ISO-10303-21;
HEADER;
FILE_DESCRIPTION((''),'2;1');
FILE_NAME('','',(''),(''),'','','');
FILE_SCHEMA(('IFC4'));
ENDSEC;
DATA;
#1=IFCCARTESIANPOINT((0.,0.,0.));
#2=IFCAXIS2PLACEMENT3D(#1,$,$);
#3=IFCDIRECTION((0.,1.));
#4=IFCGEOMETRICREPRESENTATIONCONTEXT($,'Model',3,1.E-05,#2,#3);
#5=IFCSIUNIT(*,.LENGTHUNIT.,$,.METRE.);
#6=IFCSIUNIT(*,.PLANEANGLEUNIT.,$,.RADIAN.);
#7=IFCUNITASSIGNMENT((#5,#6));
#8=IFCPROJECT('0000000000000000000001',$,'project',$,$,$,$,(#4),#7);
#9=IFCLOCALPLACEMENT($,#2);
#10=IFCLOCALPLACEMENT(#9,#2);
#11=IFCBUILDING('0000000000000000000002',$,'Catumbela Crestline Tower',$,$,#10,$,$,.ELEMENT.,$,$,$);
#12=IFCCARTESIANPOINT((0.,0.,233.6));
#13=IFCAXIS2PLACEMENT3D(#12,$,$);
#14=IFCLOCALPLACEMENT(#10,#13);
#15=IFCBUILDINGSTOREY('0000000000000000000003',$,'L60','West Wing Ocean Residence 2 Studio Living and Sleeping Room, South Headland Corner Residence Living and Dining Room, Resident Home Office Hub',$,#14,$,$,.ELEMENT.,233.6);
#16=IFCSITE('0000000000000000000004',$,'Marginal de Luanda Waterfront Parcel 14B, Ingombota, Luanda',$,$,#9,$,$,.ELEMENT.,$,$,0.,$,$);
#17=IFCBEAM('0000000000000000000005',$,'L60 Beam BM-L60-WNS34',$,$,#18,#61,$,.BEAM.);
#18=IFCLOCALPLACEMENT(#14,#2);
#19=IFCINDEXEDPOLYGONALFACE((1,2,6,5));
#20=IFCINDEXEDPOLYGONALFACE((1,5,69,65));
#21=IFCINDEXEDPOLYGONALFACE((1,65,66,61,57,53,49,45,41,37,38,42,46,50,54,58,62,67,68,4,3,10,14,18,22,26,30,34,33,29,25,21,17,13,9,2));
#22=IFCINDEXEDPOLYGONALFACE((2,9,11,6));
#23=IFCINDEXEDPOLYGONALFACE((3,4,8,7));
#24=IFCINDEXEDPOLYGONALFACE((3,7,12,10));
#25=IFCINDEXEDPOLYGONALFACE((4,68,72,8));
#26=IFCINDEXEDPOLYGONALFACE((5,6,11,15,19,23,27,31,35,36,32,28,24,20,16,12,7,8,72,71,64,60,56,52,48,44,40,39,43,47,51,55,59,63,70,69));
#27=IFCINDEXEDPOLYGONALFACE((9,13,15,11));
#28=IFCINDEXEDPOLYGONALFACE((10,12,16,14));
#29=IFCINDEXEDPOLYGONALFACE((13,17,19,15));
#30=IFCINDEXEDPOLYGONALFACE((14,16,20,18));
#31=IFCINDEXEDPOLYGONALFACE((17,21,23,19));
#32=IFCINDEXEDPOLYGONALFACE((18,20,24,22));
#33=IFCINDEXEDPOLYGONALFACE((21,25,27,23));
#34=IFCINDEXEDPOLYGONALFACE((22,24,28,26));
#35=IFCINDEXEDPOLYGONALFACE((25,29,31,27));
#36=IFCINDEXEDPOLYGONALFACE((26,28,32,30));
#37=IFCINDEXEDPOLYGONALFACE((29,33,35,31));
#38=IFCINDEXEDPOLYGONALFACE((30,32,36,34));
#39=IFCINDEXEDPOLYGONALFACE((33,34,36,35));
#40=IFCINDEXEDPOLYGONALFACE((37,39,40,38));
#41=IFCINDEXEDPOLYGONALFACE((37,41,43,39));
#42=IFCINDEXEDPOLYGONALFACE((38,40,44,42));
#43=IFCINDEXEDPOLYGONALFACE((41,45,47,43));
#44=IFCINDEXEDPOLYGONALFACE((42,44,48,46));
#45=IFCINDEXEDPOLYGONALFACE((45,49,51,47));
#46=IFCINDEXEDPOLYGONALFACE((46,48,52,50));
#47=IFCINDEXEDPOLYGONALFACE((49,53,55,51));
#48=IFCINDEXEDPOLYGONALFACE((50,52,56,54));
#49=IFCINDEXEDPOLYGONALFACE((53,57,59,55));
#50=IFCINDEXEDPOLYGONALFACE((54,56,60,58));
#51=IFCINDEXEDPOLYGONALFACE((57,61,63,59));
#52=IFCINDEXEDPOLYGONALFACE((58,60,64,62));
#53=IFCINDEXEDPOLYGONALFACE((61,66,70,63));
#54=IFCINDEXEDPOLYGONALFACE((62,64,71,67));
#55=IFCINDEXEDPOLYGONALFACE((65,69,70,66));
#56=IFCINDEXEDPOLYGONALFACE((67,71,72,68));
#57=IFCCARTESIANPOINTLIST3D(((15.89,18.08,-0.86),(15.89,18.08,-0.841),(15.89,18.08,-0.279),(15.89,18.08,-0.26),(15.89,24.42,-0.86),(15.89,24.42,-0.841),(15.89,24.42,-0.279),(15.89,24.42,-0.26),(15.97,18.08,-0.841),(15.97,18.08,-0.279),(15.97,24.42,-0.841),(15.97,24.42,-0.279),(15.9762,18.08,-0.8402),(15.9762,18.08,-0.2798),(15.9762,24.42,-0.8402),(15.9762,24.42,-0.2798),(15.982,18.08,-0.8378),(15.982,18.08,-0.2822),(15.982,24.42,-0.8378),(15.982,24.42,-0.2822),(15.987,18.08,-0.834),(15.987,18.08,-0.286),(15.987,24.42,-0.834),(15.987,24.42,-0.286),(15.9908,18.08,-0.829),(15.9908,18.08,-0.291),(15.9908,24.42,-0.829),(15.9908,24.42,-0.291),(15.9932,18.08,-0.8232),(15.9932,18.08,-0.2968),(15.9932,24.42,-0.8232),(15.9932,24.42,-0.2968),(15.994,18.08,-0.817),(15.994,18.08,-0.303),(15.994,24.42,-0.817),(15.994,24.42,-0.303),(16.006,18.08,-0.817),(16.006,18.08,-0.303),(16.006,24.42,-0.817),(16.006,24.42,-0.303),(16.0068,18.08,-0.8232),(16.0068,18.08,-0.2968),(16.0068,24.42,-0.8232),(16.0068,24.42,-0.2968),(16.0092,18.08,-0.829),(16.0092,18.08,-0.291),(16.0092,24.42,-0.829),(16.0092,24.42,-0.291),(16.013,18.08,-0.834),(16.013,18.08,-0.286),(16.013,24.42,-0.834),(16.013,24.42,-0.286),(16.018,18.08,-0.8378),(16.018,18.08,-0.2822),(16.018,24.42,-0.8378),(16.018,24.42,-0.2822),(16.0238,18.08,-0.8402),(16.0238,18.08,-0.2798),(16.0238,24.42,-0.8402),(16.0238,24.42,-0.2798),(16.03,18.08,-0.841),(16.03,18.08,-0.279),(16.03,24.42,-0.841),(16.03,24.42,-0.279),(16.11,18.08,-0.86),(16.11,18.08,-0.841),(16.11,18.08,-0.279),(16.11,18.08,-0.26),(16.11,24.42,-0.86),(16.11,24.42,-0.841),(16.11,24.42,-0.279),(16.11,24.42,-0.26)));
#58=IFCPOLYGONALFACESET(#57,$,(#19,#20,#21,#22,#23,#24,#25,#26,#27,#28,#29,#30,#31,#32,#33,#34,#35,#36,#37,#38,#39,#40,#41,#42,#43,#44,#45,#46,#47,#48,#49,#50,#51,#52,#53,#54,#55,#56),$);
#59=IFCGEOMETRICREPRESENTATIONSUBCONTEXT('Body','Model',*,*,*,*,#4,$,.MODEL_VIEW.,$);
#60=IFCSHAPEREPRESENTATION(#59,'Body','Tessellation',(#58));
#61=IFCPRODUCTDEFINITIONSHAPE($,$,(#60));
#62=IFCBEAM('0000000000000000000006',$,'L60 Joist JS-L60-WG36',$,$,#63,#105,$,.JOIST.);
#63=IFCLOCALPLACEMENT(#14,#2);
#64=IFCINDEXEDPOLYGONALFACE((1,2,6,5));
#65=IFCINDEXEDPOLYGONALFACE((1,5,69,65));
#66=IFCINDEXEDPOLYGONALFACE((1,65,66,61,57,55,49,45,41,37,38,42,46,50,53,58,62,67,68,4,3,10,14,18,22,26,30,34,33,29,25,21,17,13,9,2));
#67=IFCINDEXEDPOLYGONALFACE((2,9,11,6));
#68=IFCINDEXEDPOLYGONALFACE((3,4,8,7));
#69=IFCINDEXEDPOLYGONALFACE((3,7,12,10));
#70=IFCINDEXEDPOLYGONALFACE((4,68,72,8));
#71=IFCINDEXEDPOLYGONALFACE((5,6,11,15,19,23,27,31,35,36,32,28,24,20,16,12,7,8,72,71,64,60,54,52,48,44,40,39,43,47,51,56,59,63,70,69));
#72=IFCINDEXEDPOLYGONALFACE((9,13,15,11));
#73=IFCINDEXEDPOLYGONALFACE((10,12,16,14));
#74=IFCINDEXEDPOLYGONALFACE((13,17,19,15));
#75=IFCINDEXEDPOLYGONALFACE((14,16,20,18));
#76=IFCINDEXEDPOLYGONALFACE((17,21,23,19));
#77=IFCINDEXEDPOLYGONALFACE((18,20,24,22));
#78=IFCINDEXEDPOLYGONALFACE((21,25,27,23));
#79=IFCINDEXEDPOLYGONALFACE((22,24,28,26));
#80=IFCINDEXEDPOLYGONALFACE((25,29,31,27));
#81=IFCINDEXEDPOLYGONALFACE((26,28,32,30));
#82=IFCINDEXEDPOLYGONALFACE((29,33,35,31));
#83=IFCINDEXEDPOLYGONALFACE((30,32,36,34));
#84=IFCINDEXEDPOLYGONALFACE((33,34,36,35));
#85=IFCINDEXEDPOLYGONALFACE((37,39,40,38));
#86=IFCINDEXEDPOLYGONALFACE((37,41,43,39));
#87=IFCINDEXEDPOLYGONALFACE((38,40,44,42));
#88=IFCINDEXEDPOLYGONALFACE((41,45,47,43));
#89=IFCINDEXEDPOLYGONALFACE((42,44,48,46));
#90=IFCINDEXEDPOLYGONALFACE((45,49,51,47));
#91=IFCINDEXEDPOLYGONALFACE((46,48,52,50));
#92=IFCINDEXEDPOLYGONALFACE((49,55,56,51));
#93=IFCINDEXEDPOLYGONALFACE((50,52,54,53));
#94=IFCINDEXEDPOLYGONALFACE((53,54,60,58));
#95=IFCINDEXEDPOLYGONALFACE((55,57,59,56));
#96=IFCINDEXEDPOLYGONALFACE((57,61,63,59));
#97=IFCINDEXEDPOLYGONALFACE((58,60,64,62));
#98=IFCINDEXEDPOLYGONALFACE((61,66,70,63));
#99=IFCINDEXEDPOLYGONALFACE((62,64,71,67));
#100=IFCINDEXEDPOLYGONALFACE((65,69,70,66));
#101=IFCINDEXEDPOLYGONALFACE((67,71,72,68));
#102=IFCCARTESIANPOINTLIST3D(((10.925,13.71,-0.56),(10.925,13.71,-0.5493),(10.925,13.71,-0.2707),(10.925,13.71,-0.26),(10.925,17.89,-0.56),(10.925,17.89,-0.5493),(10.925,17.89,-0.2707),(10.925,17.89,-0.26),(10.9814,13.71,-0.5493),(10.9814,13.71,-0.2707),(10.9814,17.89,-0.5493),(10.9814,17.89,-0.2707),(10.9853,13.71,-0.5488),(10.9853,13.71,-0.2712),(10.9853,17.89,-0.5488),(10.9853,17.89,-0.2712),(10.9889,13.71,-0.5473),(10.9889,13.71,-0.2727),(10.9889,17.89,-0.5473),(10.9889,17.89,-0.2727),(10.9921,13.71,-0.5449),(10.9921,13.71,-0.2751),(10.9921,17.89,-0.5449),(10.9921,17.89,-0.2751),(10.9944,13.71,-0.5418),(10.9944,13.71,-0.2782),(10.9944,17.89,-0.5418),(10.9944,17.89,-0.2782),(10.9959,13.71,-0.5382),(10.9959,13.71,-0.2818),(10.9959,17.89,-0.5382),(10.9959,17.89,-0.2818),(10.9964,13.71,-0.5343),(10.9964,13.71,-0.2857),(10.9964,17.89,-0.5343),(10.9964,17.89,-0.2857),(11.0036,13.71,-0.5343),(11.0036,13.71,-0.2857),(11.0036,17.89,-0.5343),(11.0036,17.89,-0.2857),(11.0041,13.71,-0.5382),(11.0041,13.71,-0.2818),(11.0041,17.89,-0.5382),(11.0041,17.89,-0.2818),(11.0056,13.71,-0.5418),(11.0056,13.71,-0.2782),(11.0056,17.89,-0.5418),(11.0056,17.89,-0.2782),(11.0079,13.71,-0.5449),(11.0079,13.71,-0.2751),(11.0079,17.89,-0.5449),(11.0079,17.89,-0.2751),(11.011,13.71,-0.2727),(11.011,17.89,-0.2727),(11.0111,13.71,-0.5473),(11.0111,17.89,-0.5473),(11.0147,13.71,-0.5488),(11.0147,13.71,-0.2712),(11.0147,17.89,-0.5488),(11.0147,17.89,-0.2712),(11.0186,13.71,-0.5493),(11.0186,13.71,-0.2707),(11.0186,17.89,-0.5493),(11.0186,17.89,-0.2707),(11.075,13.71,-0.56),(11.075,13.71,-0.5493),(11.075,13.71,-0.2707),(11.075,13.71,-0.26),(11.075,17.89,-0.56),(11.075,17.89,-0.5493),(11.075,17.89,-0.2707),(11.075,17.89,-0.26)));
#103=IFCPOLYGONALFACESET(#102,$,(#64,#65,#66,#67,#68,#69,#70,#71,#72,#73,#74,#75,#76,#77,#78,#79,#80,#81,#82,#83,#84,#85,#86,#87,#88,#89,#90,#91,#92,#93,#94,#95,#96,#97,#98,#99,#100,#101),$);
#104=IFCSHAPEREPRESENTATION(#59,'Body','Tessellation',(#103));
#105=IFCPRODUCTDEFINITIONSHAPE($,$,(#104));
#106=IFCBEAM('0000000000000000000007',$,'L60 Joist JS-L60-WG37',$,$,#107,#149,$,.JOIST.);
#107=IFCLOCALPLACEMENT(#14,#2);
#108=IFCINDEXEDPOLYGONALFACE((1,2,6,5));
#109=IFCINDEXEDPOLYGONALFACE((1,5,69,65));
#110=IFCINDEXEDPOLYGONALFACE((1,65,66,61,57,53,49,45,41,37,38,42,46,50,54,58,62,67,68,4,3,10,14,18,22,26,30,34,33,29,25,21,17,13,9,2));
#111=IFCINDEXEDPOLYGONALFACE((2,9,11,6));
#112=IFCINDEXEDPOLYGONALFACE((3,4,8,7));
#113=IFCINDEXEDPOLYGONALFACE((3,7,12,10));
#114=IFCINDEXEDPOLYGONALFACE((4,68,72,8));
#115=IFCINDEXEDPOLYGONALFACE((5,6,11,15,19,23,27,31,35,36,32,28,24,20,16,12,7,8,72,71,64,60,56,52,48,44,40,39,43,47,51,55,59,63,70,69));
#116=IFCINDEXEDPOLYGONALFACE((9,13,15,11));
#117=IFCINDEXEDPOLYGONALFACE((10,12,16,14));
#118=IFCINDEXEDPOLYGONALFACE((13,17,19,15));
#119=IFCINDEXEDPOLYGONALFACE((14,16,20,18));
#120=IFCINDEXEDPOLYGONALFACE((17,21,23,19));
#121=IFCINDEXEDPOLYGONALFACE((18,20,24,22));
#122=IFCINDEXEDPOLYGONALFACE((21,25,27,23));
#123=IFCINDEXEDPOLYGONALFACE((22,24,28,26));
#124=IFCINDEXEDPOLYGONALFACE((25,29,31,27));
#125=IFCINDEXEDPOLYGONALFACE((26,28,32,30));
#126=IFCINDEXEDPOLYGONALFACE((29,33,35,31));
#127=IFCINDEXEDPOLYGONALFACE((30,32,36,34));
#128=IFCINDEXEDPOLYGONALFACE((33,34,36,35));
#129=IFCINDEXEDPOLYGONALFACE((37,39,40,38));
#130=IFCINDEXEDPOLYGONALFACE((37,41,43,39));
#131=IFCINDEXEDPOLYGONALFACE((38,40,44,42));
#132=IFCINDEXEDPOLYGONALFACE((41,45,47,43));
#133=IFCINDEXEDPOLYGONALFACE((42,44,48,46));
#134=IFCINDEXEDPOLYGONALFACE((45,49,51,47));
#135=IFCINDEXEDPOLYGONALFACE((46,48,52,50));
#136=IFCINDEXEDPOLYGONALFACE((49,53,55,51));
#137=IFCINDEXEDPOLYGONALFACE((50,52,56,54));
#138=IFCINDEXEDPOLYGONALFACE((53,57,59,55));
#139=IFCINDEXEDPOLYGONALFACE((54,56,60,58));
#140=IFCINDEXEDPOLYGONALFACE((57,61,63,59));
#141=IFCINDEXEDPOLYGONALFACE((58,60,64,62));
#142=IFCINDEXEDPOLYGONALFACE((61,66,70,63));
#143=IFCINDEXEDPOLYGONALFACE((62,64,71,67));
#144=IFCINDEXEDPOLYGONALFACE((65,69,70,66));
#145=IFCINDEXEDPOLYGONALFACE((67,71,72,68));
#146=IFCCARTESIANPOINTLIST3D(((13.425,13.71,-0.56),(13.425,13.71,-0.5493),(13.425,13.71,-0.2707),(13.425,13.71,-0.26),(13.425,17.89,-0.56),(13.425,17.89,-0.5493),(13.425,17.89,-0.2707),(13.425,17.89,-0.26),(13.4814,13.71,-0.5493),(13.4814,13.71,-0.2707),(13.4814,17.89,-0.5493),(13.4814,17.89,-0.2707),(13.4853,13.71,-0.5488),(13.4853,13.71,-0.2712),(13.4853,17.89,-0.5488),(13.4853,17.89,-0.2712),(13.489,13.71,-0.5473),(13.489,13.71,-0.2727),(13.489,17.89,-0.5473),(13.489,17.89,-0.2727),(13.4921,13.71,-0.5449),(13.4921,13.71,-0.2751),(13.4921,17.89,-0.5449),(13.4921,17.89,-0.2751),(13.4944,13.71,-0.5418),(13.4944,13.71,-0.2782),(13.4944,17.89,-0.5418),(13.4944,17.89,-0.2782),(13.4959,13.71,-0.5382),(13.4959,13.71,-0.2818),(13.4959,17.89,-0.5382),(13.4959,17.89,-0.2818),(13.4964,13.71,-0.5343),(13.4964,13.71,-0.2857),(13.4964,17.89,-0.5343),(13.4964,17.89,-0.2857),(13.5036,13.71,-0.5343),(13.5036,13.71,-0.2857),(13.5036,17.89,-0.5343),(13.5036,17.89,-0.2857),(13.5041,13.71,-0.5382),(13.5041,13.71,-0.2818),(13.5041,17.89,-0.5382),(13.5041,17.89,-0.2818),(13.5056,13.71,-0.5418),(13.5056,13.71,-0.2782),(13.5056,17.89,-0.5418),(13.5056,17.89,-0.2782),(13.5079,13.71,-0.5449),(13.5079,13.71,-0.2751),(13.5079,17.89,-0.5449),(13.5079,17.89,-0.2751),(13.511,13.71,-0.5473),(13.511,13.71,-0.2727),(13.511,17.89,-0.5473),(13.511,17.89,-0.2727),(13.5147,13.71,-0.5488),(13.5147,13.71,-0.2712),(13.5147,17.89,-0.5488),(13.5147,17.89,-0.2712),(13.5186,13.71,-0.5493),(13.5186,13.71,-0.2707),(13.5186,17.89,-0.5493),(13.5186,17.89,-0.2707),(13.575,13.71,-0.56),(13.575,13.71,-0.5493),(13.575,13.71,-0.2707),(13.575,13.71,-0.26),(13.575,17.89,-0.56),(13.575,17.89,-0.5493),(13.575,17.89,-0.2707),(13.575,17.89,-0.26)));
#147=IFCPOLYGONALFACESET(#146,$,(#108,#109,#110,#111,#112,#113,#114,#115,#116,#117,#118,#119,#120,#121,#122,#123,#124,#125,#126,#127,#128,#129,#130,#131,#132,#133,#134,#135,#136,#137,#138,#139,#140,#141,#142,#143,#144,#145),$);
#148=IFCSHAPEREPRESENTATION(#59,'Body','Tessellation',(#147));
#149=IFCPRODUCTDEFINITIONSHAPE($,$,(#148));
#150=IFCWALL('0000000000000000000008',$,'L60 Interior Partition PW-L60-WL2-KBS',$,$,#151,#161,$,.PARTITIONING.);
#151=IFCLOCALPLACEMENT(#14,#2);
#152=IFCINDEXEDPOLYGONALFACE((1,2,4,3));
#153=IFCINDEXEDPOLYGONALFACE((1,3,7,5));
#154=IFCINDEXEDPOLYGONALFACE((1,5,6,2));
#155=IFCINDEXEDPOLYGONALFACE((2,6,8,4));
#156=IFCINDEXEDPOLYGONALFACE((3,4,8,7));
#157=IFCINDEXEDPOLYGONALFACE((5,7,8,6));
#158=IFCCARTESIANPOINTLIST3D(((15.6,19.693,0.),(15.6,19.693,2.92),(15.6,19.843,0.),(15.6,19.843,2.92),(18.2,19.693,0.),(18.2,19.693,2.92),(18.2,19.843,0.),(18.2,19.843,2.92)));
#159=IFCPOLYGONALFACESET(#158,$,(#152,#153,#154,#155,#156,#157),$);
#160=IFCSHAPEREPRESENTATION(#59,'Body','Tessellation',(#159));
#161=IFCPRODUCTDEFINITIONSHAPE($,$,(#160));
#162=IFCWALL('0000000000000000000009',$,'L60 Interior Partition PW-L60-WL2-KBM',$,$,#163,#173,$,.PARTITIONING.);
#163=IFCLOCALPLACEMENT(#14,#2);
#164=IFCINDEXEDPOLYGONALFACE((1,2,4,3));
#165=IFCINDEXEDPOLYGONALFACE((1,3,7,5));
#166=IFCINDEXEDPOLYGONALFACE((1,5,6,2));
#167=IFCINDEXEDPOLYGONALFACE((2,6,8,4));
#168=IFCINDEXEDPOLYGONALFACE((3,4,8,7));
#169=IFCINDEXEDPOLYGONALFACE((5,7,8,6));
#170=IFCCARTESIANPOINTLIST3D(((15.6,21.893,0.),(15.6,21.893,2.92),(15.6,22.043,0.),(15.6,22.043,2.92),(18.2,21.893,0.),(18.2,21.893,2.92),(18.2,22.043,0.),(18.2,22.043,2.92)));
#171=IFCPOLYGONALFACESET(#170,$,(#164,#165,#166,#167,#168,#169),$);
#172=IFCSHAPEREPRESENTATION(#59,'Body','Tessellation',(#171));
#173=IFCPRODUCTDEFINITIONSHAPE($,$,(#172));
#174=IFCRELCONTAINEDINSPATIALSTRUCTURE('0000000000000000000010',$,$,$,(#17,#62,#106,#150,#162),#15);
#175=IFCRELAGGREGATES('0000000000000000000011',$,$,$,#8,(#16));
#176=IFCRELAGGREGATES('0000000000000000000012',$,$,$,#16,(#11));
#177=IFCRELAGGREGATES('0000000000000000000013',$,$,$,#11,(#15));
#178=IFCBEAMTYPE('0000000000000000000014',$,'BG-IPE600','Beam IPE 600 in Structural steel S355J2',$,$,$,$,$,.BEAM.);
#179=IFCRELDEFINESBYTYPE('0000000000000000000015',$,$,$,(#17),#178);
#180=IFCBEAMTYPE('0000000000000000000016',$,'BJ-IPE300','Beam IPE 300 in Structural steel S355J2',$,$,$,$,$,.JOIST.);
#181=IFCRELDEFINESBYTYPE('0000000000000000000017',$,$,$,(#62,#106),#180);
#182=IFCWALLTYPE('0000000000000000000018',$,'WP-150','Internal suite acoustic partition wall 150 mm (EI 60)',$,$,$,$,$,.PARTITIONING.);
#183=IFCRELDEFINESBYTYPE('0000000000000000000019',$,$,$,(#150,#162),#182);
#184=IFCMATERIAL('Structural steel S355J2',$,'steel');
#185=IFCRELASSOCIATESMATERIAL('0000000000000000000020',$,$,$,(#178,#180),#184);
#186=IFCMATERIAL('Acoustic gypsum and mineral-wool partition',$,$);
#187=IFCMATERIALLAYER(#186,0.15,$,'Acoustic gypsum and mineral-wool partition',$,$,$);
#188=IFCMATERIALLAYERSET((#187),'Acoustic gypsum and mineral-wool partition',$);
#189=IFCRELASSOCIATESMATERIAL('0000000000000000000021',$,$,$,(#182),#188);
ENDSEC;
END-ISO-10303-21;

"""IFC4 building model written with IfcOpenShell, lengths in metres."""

from ifc_helpers import new_model, si_unit, direction, frame, frame_2d, origin, origin_2d, place, context, subcontext, project, spatial, rectangle, i_section, extrude, material, layer, layer_set, material_profile, profile_set, type_object, element, save


model = new_model("IFC4")

# Units and contexts
model_context = context("Model", 3, precision=1e-05, world=origin(), true_north=direction((0.0, 1.0)))
body_context = subcontext(model_context, "Body", "Model", "MODEL_VIEW")
ifc_project = project(units=[si_unit("LENGTHUNIT", "METRE"), si_unit("PLANEANGLEUNIT", "RADIAN")], contexts=[model_context])

# Site, building, storey
site_placement = place(None, origin())
site = spatial("IfcSite", under=ifc_project, at=site_placement, Name="Marginal de Luanda Waterfront Parcel 14B, Ingombota, Luanda", CompositionType="ELEMENT", RefElevation=0.0)
building_placement = place(site_placement, origin())
building = spatial("IfcBuilding", under=site, at=building_placement, Name="Catumbela Crestline Tower", CompositionType="ELEMENT")
storey_placement = place(building_placement, frame((0.0, 0.0, 233.6)))
storey = spatial("IfcBuildingStorey", under=building, at=storey_placement, Name="L60", Description="West Wing Ocean Residence 2 Studio Living and Sleeping Room, South Headland Corner Residence Living and Dining Room, Resident Home Office Hub", CompositionType="ELEMENT", Elevation=233.6)

# Shared definitions
ifc_material_1 = material(Name="Structural steel S355J2", Category="steel")

# Beams
ifc_material_profile_1 = material_profile(ifc_material_1, i_section(OverallWidth=0.22, OverallDepth=0.6, WebThickness=0.012, FlangeThickness=0.019, FilletRadius=0.024, at=origin_2d()), Name="IPE 600")
ifc_profile_set_1 = profile_set([ifc_material_profile_1], Name="Structural steel S355J2")
beam_type_1 = type_object("IfcBeamType", Name="BG-IPE600", Description="Beam IPE 600 in Structural steel S355J2", PredefinedType="BEAM", material=ifc_profile_set_1)
beam_1_placement = place(storey_placement, frame((16.0, 18.08, -0.56), z_axis=(0.0, 1.0, 0.0), x_axis=(-1.0, 0.0, 0.0)))
element("IfcBeam", 1, at=beam_1_placement, inside=storey, type_object=beam_type_1, Name="L60 Beam BM-L60-WNS34", PredefinedType="BEAM", context=body_context, shape_type="SweptSolid", body=[
    extrude(i_section(OverallWidth=0.22, OverallDepth=0.6, WebThickness=0.012, FlangeThickness=0.019, FilletRadius=0.024, at=origin_2d()), origin(), (0.0, 0.0, 1.0), 6.34),
])
ifc_material_profile_2 = material_profile(ifc_material_1, i_section(OverallWidth=0.15, OverallDepth=0.3, WebThickness=0.0071, FlangeThickness=0.0107, FilletRadius=0.015, at=origin_2d()), Name="IPE 300")
ifc_profile_set_2 = profile_set([ifc_material_profile_2], Name="Structural steel S355J2")
beam_type_2 = type_object("IfcBeamType", Name="BJ-IPE300", Description="Beam IPE 300 in Structural steel S355J2", PredefinedType="JOIST", material=ifc_profile_set_2)
for number, where, z_axis, x_axis, name in (
    (2, (11.0, 13.71, -0.41), (0.0, 1.0, 0.0), (-1.0, 0.0, 0.0), "L60 Joist JS-L60-WG36"),
    (3, (13.5, 13.71, -0.41), (0.0, 1.0, 0.0), (-1.0, 0.0, 0.0), "L60 Joist JS-L60-WG37"),
):
    element("IfcBeam", number, at=place(storey_placement, frame(where, z_axis=z_axis, x_axis=x_axis)), inside=storey, type_object=beam_type_2, Name=name, PredefinedType="JOIST", context=body_context, shape_type="SweptSolid", body=[
        extrude(i_section(OverallWidth=0.15, OverallDepth=0.3, WebThickness=0.0071, FlangeThickness=0.0107, FilletRadius=0.015, at=origin_2d()), origin(), (0.0, 0.0, 1.0), 4.18),
    ])

# Walls
ifc_material_2 = material(Name="Acoustic gypsum and mineral-wool partition")
ifc_layer = layer(ifc_material_2, 0.15, Name="Acoustic gypsum and mineral-wool partition")
ifc_layer_set = layer_set([ifc_layer], Name="Acoustic gypsum and mineral-wool partition")
wall_type = type_object("IfcWallType", Name="WP-150", Description="Internal suite acoustic partition wall 150 mm (EI 60)", PredefinedType="PARTITIONING", material=ifc_layer_set)
for number, where, z_axis, x_axis, name in (
    (4, (15.6, 19.768, 0.0), (0.0, 0.0, 1.0), (1.0, 0.0, 0.0), "L60 Interior Partition PW-L60-WL2-KBS"),
    (5, (15.6, 21.968, 0.0), (0.0, 0.0, 1.0), (1.0, 0.0, 0.0), "L60 Interior Partition PW-L60-WL2-KBM"),
):
    element("IfcWall", number, at=place(storey_placement, frame(where, z_axis=z_axis, x_axis=x_axis)), inside=storey, type_object=wall_type, Name=name, PredefinedType="PARTITIONING", context=body_context, shape_type="SweptSolid", body=[
        extrude(rectangle(XDim=2.6, YDim=0.15, at=frame_2d((1.3, 0.0))), origin(), (0.0, 0.0, 1.0), 2.92),
    ])

save(model, "model.ifc")
